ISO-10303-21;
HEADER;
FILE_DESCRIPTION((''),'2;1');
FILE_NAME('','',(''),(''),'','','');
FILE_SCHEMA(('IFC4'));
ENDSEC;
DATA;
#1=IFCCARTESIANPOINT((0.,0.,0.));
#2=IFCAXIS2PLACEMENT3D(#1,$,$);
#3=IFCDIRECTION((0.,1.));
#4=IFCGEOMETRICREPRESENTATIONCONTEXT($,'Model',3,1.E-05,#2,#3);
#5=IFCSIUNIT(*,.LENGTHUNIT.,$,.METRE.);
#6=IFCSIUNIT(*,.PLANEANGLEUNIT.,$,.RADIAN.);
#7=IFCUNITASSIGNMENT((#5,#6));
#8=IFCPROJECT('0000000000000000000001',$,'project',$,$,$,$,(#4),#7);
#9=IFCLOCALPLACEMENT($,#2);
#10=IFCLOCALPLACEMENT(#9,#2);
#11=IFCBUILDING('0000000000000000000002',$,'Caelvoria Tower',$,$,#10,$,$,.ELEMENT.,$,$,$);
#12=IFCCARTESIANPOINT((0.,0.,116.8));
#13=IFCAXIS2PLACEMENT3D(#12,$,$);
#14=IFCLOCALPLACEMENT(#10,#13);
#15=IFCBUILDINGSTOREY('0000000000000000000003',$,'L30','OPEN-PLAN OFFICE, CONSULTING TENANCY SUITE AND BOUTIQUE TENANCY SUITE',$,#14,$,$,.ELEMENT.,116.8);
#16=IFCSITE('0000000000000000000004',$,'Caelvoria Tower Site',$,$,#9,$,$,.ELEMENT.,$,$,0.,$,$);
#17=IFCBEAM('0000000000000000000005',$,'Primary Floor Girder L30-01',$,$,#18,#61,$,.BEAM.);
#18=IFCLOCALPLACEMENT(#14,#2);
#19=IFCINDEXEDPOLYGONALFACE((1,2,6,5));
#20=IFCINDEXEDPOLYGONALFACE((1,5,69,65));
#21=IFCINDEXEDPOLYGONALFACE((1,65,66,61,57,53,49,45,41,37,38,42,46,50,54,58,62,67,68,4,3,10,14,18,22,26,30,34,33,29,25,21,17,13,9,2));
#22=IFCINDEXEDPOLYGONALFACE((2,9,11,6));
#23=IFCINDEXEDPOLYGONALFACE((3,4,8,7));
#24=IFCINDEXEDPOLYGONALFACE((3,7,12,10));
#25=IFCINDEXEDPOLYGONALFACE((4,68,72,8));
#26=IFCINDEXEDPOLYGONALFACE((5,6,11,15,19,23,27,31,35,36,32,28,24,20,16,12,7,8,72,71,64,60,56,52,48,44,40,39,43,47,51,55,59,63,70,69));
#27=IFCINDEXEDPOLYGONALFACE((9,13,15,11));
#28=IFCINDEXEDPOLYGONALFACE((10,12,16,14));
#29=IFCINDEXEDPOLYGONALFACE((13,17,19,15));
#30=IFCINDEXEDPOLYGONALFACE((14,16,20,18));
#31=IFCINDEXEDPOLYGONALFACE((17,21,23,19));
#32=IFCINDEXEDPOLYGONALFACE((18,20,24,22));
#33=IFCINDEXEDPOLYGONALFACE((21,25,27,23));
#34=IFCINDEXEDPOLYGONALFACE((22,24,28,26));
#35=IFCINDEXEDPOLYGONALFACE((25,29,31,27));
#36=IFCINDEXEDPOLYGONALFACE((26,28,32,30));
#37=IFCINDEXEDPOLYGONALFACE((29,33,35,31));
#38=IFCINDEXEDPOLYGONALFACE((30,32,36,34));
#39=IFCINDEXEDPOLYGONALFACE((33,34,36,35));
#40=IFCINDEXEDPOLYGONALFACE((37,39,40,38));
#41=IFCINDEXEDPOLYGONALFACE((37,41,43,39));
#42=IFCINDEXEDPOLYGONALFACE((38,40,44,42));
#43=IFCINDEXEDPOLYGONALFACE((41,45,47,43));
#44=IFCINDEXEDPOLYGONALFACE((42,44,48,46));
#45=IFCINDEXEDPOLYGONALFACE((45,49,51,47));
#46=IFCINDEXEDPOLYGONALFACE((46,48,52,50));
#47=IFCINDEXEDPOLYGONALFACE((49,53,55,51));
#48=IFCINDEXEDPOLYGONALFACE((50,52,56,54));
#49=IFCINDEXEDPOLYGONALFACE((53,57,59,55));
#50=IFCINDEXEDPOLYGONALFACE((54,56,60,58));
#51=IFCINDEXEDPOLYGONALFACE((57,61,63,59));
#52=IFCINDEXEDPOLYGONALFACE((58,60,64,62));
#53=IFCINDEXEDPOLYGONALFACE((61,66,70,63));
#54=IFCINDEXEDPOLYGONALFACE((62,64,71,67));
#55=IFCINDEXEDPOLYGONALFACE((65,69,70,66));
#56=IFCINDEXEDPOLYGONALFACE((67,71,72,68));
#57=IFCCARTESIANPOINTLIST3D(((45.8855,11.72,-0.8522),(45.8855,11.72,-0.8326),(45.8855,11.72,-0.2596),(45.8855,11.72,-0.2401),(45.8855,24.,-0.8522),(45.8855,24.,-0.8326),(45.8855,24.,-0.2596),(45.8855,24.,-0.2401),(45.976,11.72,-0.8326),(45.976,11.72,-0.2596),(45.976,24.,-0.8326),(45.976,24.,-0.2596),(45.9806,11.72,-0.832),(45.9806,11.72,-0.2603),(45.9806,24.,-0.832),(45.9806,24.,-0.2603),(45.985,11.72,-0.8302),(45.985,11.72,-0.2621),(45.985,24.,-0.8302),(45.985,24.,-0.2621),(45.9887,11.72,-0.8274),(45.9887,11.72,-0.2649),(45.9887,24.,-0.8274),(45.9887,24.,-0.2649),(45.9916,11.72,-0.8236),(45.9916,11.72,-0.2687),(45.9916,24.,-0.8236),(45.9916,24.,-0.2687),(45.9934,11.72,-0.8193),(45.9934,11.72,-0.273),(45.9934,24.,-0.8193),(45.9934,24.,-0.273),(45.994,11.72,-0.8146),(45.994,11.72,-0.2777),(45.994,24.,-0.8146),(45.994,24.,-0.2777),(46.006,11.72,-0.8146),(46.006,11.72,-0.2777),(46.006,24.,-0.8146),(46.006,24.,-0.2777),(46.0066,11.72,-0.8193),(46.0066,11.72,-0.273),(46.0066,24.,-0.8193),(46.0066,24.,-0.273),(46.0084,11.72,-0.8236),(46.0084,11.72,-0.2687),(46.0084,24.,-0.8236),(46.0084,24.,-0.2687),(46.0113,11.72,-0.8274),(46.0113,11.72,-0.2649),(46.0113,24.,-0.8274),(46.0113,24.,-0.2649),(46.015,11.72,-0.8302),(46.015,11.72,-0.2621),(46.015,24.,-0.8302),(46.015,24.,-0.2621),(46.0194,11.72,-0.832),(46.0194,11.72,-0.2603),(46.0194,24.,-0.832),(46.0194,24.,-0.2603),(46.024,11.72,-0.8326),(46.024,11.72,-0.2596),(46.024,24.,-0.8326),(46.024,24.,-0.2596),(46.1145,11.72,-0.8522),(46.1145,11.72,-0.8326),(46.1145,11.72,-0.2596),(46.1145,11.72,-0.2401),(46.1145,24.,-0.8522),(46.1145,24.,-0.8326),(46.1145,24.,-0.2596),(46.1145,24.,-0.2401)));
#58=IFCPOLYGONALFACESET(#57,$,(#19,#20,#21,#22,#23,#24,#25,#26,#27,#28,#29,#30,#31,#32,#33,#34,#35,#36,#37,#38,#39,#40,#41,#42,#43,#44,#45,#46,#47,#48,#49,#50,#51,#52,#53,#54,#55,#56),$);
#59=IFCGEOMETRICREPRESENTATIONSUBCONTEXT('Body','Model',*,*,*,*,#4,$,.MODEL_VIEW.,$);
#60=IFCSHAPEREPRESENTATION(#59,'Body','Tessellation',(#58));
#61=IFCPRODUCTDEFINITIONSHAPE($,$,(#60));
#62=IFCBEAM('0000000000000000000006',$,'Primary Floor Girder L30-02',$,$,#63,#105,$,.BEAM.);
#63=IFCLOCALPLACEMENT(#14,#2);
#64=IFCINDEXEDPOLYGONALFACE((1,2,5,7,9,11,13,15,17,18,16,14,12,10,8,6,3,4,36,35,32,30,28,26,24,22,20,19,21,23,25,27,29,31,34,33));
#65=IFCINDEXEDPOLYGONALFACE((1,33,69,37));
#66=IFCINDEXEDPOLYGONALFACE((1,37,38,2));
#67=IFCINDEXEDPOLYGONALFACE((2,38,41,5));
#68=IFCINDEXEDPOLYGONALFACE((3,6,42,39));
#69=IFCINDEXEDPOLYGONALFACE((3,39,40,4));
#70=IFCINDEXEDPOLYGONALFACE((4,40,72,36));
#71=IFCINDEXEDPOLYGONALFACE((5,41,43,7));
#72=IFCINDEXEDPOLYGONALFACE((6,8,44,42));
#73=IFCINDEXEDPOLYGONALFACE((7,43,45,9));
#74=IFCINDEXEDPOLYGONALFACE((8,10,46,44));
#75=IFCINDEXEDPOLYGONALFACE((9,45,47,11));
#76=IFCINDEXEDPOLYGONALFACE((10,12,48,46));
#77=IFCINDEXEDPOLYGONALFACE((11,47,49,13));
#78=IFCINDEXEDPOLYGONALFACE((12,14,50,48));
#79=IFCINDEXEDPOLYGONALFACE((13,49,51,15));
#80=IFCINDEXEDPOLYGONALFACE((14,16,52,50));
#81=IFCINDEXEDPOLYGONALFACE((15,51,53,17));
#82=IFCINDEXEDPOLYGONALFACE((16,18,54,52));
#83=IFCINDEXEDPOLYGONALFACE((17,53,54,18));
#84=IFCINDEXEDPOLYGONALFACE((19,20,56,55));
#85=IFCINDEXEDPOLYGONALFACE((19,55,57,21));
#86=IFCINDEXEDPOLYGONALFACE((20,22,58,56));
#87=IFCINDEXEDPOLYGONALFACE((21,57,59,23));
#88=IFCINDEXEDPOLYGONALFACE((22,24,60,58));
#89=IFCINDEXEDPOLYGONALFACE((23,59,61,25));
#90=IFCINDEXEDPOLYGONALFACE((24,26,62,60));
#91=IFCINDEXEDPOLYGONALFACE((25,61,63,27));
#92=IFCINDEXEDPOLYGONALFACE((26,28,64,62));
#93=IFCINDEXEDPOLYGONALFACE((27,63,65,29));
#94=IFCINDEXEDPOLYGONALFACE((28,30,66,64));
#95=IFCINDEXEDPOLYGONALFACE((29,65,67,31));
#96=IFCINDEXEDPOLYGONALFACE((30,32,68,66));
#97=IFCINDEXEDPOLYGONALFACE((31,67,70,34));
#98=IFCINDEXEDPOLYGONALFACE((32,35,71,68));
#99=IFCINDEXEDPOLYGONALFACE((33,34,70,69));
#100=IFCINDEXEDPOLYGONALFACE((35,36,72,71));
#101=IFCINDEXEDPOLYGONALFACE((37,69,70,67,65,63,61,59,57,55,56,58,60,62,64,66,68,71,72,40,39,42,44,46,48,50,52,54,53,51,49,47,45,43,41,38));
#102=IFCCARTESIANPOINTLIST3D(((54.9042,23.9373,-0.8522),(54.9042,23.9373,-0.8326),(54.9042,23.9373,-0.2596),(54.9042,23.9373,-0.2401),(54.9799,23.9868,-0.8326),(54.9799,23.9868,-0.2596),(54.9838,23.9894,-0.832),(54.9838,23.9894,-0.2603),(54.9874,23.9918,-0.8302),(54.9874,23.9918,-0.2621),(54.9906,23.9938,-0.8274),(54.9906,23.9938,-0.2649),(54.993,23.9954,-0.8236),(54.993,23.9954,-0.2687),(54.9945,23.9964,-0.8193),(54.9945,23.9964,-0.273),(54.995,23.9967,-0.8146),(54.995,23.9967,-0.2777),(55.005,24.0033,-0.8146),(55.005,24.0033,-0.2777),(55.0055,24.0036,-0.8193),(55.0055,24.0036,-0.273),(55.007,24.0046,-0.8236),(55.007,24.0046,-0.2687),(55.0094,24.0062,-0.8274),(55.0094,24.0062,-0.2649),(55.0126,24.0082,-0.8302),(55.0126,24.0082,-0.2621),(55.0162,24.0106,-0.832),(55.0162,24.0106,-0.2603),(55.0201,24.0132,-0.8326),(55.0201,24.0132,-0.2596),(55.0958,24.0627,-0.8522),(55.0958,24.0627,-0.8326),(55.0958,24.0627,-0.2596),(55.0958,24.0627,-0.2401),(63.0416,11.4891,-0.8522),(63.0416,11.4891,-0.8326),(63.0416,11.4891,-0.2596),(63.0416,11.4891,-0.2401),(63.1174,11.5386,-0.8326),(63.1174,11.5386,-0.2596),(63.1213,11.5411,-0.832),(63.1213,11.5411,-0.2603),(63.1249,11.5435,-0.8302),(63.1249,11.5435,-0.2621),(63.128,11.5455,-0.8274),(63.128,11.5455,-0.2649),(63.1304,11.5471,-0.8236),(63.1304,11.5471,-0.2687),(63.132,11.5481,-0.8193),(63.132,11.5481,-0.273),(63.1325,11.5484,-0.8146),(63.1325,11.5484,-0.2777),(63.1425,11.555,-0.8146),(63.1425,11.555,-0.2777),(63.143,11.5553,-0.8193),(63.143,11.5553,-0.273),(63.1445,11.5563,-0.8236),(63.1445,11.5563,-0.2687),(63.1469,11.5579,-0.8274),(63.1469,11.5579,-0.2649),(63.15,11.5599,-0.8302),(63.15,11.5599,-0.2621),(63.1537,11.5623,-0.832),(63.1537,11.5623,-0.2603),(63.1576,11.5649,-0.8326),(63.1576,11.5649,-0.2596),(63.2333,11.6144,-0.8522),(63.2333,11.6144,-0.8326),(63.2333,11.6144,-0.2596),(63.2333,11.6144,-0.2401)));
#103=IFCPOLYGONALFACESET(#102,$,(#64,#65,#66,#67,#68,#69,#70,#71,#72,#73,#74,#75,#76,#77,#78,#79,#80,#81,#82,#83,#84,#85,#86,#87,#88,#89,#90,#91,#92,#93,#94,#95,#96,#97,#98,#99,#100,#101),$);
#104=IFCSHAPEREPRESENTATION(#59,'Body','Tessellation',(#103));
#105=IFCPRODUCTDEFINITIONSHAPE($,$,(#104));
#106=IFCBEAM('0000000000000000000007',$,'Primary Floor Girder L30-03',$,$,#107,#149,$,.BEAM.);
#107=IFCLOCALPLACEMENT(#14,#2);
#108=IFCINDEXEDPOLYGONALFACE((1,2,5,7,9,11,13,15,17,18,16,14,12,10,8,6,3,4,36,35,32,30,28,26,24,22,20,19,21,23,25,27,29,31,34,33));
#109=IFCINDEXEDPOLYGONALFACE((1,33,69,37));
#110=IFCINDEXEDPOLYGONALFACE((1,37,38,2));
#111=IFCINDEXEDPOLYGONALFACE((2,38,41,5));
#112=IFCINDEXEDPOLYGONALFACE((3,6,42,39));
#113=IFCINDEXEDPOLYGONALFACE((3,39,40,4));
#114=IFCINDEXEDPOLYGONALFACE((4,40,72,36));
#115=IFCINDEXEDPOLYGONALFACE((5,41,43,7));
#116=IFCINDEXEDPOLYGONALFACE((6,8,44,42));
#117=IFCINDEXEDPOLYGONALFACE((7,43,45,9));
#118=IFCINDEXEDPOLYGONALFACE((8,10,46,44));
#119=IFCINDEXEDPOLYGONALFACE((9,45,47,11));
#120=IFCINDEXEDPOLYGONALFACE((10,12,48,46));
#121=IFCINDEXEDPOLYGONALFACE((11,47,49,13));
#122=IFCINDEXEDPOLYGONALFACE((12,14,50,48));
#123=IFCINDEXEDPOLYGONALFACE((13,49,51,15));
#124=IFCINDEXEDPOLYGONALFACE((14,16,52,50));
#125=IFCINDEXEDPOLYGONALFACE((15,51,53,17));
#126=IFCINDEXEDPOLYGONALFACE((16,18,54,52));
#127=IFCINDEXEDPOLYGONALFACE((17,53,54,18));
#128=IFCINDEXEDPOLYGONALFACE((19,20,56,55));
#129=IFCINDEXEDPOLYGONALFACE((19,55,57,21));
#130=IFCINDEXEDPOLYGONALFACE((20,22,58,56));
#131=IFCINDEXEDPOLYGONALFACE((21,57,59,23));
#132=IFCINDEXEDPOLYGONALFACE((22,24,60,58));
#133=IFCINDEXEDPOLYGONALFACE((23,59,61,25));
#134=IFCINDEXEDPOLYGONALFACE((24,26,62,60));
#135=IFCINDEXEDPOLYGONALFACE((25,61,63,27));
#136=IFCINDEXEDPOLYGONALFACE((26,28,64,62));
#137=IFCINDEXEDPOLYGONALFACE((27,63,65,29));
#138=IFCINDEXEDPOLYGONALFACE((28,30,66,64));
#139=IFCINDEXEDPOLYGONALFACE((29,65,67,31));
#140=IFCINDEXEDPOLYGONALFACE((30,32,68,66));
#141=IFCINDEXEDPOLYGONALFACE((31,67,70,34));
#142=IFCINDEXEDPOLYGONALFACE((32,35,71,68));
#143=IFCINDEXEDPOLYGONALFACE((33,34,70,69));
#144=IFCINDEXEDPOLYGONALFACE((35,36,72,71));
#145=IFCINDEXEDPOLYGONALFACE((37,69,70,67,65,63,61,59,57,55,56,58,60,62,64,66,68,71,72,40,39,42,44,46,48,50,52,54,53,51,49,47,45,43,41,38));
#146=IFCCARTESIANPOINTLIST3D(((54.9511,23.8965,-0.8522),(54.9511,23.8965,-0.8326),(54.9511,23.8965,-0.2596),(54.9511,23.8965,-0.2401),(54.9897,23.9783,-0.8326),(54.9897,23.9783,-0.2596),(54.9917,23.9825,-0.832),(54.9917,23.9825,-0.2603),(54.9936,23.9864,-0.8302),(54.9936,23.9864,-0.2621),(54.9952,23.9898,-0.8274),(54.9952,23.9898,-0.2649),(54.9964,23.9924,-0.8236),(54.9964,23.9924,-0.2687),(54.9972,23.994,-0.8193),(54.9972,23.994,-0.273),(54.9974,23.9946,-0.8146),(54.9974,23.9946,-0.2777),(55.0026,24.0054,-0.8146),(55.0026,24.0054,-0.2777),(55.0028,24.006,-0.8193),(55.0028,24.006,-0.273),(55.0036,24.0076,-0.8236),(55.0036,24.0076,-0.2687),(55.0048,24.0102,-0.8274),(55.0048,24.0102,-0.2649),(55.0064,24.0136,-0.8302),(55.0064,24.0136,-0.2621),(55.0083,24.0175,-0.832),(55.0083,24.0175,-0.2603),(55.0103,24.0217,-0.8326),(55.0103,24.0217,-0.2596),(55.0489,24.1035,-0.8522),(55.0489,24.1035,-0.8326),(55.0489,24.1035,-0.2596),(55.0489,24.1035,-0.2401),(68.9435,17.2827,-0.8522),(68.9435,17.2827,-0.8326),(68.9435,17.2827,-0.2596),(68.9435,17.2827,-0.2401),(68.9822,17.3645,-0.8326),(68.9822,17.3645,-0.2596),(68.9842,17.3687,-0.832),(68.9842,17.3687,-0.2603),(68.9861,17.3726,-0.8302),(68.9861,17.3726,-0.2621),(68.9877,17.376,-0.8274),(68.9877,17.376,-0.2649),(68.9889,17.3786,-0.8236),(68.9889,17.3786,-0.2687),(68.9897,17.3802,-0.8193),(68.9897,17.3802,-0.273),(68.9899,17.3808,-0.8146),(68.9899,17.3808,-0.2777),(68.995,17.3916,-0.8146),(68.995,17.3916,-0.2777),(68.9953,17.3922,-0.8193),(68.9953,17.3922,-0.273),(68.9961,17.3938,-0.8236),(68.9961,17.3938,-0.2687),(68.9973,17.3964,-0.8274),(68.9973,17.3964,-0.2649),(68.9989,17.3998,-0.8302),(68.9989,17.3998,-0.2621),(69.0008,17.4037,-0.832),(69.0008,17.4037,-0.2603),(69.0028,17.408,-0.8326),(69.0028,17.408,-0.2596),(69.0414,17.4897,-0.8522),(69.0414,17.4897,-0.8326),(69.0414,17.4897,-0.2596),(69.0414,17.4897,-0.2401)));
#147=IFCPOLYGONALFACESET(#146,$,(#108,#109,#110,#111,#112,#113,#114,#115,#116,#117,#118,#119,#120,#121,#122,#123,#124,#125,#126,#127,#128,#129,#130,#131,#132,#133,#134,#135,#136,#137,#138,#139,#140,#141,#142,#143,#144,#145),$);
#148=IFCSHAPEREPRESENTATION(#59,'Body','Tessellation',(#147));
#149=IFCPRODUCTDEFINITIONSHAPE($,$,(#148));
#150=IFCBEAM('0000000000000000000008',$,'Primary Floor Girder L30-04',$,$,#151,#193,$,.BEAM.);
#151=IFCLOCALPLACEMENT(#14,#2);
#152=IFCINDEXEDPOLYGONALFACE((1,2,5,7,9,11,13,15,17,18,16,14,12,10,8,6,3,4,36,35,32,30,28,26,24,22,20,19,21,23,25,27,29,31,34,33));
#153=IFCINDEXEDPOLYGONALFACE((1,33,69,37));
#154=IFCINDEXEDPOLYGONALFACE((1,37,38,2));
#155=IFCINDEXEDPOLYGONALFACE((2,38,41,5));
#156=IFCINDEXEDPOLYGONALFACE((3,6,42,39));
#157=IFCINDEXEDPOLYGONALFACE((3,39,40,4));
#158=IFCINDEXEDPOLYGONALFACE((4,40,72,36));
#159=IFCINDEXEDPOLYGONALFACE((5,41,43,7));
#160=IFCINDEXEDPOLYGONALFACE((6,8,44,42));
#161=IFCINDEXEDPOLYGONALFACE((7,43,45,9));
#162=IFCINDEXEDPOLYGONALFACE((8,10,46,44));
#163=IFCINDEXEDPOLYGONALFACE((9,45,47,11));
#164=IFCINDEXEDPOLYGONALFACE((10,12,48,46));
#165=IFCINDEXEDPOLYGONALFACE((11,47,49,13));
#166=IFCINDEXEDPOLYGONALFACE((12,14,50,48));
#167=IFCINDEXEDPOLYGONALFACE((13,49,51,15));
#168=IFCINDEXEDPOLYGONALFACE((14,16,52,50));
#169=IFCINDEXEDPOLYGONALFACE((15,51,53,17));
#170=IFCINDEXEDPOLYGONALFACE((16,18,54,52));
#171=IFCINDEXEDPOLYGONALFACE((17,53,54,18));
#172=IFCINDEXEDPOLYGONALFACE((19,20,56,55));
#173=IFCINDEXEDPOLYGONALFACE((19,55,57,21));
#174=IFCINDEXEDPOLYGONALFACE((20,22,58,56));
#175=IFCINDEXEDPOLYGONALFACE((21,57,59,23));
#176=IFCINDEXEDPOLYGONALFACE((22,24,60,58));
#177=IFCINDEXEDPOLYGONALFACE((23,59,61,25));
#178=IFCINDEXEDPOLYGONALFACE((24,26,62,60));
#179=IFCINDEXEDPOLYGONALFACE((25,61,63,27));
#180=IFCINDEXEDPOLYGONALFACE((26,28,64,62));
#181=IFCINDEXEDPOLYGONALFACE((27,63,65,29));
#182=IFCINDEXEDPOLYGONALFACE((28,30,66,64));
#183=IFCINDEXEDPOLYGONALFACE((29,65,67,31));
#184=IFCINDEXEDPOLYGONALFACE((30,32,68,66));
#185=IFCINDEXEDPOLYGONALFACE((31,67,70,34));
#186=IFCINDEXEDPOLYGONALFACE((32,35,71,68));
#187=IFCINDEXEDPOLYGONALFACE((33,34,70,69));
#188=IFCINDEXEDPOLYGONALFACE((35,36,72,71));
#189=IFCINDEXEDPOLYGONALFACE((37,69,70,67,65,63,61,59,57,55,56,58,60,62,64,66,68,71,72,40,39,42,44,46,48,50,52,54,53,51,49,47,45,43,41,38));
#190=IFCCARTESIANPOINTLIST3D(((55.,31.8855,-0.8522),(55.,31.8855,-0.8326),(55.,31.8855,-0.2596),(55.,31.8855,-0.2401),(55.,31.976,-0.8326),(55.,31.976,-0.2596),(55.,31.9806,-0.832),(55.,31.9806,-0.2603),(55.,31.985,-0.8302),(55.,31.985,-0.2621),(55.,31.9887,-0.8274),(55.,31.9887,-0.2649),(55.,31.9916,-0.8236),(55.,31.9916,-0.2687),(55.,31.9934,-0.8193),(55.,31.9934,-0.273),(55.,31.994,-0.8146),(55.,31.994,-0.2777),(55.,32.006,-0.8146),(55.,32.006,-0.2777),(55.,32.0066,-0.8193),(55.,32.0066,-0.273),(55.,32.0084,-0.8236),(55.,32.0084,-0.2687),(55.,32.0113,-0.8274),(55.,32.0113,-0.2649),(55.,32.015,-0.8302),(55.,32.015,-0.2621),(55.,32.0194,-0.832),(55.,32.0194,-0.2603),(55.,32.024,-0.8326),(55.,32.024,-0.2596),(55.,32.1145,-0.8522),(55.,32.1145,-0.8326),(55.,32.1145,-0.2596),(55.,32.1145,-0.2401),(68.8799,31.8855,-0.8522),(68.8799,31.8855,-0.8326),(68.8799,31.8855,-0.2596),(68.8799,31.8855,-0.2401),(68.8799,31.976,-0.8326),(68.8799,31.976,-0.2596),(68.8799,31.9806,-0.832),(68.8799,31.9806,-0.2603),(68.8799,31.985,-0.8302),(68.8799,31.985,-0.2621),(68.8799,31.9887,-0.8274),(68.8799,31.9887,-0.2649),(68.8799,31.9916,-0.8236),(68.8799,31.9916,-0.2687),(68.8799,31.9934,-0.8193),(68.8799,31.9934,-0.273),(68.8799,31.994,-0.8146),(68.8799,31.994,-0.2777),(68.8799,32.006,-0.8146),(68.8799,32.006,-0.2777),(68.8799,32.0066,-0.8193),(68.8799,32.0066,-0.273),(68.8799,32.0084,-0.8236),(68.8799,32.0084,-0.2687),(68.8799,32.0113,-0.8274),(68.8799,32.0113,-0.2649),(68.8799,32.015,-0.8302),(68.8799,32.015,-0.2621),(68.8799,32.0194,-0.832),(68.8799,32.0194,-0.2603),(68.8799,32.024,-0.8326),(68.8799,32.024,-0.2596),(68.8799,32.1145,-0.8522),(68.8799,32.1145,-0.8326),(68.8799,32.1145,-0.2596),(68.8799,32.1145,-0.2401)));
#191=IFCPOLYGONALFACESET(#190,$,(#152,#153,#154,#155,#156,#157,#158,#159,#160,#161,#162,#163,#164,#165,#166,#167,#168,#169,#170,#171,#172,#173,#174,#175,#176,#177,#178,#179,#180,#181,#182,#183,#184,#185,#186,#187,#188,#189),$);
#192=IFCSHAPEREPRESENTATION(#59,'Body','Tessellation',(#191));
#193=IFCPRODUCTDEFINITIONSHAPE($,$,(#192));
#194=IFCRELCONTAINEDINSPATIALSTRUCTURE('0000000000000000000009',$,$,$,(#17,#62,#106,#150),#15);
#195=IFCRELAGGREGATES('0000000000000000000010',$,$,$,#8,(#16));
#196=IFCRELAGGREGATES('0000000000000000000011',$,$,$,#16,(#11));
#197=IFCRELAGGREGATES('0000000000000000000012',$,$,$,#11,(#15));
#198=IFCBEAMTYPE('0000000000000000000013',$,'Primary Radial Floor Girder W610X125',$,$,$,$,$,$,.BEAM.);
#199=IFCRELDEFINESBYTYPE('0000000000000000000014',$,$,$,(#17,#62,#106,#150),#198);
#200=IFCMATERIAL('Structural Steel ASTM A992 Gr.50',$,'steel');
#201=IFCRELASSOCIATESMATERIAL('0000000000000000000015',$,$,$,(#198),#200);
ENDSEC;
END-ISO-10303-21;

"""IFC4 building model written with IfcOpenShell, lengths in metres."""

from ifc_helpers import new_model, si_unit, direction, frame, origin, origin_2d, place, context, subcontext, project, spatial, i_section, extrude, material, material_profile, profile_set, type_object, element, save


model = new_model("IFC4")

# Units and contexts
model_context = context("Model", 3, precision=1e-05, world=origin(), true_north=direction((0.0, 1.0)))
body_context = subcontext(model_context, "Body", "Model", "MODEL_VIEW")
ifc_project = project(units=[si_unit("LENGTHUNIT", "METRE"), si_unit("PLANEANGLEUNIT", "RADIAN")], contexts=[model_context])

# Site, building, storey
site_placement = place(None, origin())
site = spatial("IfcSite", under=ifc_project, at=site_placement, Name="Caelvoria Tower Site", CompositionType="ELEMENT", RefElevation=0.0)
building_placement = place(site_placement, origin())
building = spatial("IfcBuilding", under=site, at=building_placement, Name="Caelvoria Tower", CompositionType="ELEMENT")
storey_placement = place(building_placement, frame((0.0, 0.0, 116.8)))
storey = spatial("IfcBuildingStorey", under=building, at=storey_placement, Name="L30", Description="OPEN-PLAN OFFICE, CONSULTING TENANCY SUITE AND BOUTIQUE TENANCY SUITE", CompositionType="ELEMENT", Elevation=116.8)

# Beams
ifc_material_1 = material(Name="Structural Steel ASTM A992 Gr.50", Category="steel")
ifc_material_profile_1 = material_profile(ifc_material_1, i_section(OverallWidth=0.229, OverallDepth=0.6121, WebThickness=0.012, FlangeThickness=0.0195, FilletRadius=0.0181, at=origin_2d()), Name="Structural Steel ASTM A992 Gr.50")
ifc_profile_set_1 = profile_set([ifc_material_profile_1], Name="W610X125 - Structural Steel ASTM A992 Gr.50")
beam_type_1 = type_object("IfcBeamType", Name="Primary Radial Floor Girder W610X125", PredefinedType="BEAM", material=ifc_profile_set_1)
beam_1_placement = place(storey_placement, frame((46.0, 24.0, -0.5461), z_axis=(0.0, -1.0, 0.0), x_axis=(1.0, 0.0, 0.0)))
element("IfcBeam", 1, at=beam_1_placement, inside=storey, type_object=beam_type_1, Name="Primary Floor Girder L30-01", PredefinedType="BEAM", context=body_context, shape_type="SweptSolid", body=[
    extrude(i_section(OverallWidth=0.229, OverallDepth=0.6121, WebThickness=0.012, FlangeThickness=0.0195, FilletRadius=0.0181, at=origin_2d()), origin(), (0.0, 0.0, 1.0), 12.28),
])
beam_2_placement = place(storey_placement, frame((55.0, 24.0, -0.5461), z_axis=(0.547165, -0.837025, 0.0), x_axis=(0.837025, 0.547165, 0.0)))
element("IfcBeam", 2, at=beam_2_placement, inside=storey, type_object=beam_type_1, Name="Primary Floor Girder L30-02", PredefinedType="BEAM", context=body_context, shape_type="SweptSolid", body=[
    extrude(i_section(OverallWidth=0.229, OverallDepth=0.6121, WebThickness=0.012, FlangeThickness=0.0195, FilletRadius=0.0181, at=origin_2d()), origin(), (0.0, 0.0, 1.0), 14.8721),
])
beam_3_placement = place(storey_placement, frame((55.0, 24.0, -0.5461), z_axis=(0.904093, -0.427336, 0.0), x_axis=(0.427336, 0.904093, 0.0)))
element("IfcBeam", 3, at=beam_3_placement, inside=storey, type_object=beam_type_1, Name="Primary Floor Girder L30-03", PredefinedType="BEAM", context=body_context, shape_type="SweptSolid", body=[
    extrude(i_section(OverallWidth=0.229, OverallDepth=0.6121, WebThickness=0.012, FlangeThickness=0.0195, FilletRadius=0.0181, at=origin_2d()), origin(), (0.0, 0.0, 1.0), 15.4768),
])
beam_4_placement = place(storey_placement, frame((55.0, 32.0, -0.5461), z_axis=(1.0, 0.0, 0.0), x_axis=(0.0, 1.0, 0.0)))
element("IfcBeam", 4, at=beam_4_placement, inside=storey, type_object=beam_type_1, Name="Primary Floor Girder L30-04", PredefinedType="BEAM", context=body_context, shape_type="SweptSolid", body=[
    extrude(i_section(OverallWidth=0.229, OverallDepth=0.6121, WebThickness=0.012, FlangeThickness=0.0195, FilletRadius=0.0181, at=origin_2d()), origin(), (0.0, 0.0, 1.0), 13.8799),
])

save(model, "model.ifc")
